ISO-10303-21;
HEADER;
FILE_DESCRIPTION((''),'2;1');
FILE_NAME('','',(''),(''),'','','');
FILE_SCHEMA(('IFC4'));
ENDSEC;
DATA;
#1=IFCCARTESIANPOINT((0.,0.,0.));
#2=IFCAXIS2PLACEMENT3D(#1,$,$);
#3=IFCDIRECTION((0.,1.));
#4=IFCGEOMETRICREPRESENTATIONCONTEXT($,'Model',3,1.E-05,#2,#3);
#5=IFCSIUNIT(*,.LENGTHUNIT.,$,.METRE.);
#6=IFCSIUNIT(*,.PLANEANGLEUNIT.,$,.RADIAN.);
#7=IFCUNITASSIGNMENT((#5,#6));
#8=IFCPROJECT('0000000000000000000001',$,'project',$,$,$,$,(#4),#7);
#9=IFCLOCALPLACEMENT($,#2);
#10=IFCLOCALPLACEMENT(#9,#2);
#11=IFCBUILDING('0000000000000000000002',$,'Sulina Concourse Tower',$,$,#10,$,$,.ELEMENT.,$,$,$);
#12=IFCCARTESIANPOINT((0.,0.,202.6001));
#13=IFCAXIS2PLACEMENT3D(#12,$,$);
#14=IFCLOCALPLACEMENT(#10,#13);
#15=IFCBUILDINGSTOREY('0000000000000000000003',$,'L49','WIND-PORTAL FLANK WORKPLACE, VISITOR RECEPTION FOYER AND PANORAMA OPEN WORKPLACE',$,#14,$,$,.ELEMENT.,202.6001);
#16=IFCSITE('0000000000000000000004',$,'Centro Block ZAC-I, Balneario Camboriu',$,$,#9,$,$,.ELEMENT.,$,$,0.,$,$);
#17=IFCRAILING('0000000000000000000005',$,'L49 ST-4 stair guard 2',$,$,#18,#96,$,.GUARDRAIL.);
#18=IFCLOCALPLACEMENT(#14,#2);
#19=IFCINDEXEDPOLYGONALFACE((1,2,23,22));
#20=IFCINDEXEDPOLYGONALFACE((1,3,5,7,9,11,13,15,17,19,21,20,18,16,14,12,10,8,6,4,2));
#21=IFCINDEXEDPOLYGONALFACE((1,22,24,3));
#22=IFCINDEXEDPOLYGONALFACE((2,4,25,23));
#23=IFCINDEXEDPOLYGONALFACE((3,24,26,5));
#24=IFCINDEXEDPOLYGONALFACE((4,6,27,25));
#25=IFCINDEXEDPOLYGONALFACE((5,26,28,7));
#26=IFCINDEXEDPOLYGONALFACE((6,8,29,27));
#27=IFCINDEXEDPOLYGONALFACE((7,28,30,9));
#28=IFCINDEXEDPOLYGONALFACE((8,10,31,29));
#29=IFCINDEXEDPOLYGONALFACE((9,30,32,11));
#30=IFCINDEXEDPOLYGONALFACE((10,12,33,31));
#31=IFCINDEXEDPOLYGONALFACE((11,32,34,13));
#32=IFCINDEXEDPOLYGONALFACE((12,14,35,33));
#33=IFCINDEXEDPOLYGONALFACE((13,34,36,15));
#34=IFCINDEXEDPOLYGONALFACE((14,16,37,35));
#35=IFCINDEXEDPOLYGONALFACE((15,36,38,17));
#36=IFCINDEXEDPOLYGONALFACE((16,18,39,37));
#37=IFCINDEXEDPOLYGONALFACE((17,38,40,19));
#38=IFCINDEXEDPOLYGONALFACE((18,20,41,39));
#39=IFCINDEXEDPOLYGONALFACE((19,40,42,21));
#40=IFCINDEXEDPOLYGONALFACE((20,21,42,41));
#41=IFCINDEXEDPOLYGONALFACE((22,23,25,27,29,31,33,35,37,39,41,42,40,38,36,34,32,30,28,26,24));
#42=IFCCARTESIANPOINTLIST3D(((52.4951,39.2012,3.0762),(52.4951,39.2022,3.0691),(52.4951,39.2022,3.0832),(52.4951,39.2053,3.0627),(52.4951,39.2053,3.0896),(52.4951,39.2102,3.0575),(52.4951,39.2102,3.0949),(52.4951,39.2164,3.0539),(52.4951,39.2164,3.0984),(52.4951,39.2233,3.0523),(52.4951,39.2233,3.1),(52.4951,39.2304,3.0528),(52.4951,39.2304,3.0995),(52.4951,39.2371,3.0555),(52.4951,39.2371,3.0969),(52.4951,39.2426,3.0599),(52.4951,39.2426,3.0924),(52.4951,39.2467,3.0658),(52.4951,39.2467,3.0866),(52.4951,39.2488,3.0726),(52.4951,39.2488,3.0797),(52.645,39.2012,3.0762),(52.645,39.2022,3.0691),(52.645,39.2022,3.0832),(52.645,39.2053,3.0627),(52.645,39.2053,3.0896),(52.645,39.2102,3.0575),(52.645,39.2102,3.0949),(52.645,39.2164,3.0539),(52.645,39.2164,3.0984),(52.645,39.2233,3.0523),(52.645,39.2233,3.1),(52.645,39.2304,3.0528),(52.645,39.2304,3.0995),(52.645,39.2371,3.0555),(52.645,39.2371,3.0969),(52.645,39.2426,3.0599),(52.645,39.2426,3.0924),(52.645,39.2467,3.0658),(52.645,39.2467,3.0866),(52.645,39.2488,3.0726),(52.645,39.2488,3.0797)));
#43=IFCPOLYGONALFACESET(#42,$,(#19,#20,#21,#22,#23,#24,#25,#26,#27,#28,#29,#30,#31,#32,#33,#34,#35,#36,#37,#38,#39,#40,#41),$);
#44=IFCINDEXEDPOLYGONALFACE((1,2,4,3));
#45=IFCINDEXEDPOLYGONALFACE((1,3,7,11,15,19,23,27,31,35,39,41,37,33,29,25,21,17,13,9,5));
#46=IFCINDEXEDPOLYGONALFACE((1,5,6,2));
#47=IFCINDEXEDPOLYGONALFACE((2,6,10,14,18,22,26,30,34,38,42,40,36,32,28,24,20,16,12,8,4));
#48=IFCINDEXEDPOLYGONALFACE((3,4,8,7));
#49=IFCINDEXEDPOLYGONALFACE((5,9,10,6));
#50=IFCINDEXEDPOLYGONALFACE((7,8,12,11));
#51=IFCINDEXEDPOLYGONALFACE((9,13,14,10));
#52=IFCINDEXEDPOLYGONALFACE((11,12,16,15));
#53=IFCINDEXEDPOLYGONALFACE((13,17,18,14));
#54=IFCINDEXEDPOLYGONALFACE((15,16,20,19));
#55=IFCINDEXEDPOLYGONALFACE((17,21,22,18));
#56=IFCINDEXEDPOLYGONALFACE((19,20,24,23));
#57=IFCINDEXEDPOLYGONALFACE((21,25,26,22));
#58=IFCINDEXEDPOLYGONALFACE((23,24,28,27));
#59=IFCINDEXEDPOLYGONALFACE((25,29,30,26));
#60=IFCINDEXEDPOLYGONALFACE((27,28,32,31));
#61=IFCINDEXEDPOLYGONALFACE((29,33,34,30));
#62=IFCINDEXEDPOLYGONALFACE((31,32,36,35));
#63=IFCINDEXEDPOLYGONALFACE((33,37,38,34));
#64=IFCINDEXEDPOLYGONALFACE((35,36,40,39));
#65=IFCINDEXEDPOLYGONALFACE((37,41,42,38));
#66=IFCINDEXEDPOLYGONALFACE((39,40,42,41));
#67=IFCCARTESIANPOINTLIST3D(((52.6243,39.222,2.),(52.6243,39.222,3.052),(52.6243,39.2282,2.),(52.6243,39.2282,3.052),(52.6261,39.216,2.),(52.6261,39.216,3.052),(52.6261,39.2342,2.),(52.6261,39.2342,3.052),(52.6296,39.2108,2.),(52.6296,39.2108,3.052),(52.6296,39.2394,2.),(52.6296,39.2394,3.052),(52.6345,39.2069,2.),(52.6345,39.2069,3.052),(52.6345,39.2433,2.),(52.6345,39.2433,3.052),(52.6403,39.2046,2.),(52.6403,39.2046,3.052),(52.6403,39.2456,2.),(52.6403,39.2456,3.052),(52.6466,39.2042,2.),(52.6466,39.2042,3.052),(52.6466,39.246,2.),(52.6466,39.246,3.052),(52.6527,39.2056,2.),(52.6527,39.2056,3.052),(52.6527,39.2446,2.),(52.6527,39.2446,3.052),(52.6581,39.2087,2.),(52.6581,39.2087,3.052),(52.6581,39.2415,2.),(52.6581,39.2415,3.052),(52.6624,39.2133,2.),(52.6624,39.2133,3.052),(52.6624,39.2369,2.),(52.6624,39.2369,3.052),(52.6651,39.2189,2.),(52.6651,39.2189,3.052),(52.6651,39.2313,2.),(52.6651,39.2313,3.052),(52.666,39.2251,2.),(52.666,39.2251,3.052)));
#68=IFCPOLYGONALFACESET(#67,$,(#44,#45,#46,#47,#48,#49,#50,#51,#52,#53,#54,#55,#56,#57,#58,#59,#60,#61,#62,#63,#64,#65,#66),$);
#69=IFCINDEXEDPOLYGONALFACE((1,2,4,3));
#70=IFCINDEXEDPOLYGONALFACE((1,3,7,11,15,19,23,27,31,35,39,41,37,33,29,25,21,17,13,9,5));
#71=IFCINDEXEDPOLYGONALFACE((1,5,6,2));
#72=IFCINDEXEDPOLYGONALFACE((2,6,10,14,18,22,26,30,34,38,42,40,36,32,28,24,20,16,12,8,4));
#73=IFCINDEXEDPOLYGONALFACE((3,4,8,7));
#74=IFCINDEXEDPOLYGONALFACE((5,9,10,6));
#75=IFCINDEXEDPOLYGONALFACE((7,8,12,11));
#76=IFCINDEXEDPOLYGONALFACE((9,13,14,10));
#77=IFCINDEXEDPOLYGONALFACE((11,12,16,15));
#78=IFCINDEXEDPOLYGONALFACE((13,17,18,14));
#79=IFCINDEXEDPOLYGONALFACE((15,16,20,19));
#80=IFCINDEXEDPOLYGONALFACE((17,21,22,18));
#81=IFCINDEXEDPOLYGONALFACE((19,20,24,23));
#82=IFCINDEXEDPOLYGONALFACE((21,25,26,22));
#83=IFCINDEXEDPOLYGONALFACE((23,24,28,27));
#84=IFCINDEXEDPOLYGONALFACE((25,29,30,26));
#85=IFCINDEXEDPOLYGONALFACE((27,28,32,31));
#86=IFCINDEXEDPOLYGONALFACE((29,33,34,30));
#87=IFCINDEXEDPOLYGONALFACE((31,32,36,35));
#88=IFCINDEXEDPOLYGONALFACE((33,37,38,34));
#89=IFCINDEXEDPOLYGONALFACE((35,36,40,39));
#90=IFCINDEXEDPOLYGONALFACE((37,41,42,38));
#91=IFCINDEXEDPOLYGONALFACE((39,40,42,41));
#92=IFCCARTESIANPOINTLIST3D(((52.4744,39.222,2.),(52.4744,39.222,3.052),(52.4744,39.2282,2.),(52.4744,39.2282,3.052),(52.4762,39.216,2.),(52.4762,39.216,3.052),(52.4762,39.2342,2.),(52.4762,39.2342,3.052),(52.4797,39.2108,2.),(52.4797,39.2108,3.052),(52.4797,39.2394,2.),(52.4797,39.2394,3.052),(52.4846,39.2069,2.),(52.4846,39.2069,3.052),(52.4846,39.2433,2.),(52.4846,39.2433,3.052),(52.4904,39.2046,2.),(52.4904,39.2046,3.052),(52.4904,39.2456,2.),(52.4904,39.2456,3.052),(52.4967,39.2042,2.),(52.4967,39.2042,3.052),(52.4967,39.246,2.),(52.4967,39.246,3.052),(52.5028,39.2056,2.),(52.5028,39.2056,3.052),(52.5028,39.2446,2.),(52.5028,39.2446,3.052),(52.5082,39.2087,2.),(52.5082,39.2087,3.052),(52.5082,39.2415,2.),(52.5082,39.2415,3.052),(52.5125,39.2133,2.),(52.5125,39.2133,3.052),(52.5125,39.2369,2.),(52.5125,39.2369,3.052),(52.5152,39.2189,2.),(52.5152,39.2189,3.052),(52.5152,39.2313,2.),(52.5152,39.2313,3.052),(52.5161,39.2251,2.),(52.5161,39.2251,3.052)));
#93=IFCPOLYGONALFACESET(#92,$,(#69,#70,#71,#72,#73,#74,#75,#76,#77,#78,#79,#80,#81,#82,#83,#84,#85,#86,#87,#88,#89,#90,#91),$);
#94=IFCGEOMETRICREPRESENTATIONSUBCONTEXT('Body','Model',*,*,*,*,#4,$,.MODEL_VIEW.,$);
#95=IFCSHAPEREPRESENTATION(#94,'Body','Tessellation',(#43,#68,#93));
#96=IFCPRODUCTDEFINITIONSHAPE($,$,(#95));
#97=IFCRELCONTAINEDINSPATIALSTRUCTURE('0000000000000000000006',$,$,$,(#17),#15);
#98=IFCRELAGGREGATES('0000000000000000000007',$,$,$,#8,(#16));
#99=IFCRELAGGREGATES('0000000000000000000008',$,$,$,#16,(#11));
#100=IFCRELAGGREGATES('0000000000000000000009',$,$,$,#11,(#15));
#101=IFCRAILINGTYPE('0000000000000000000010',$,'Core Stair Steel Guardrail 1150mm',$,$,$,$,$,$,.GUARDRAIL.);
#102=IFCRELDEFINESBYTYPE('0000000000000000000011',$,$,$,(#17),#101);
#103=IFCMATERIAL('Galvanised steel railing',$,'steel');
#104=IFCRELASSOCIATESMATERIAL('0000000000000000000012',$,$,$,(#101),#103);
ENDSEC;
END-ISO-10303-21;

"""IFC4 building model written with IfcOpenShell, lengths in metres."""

from ifc_helpers import new_model, si_unit, direction, frame, origin, origin_2d, place, context, subcontext, project, spatial, circle, extrude, material, type_object, element, save


model = new_model("IFC4")

# Units and contexts
model_context = context("Model", 3, precision=1e-05, world=origin(), true_north=direction((0.0, 1.0)))
body_context = subcontext(model_context, "Body", "Model", "MODEL_VIEW")
ifc_project = project(units=[si_unit("LENGTHUNIT", "METRE"), si_unit("PLANEANGLEUNIT", "RADIAN")], contexts=[model_context])

# Site, building, storey
site_placement = place(None, origin())
site = spatial("IfcSite", under=ifc_project, at=site_placement, Name="Centro Block ZAC-I, Balneario Camboriu", CompositionType="ELEMENT", RefElevation=0.0)
building_placement = place(site_placement, origin())
building = spatial("IfcBuilding", under=site, at=building_placement, Name="Sulina Concourse Tower", CompositionType="ELEMENT")
storey_placement = place(building_placement, frame((0.0, 0.0, 202.6001)))
storey = spatial("IfcBuildingStorey", under=building, at=storey_placement, Name="L49", Description="WIND-PORTAL FLANK WORKPLACE, VISITOR RECEPTION FOYER AND PANORAMA OPEN WORKPLACE", CompositionType="ELEMENT", Elevation=202.6001)

# Railing
ifc_material_1 = material(Name="Galvanised steel railing", Category="steel")
railing_type_1 = type_object("IfcRailingType", Name="Core Stair Steel Guardrail 1150mm", PredefinedType="GUARDRAIL", material=ifc_material_1)
railing_1_placement = place(storey_placement, frame((52.645, 39.2251, 2.0)))
element("IfcRailing", 1, at=railing_1_placement, inside=storey, type_object=railing_type_1, Name="L49 ST-4 stair guard 2", PredefinedType="GUARDRAIL", context=body_context, shape_type="SweptSolid", body=[
    extrude(circle(Radius=0.0239, at=origin_2d()), frame((0.0, 0.0, 1.0762), z_axis=(-1.0, 0.0, 0.0), x_axis=(0.0, -1.0, 0.0)), (0.0, 0.0, 1.0), 0.1499),
    extrude(circle(Radius=0.021, at=origin_2d()), origin(), (0.0, 0.0, 1.0), 1.052),
    extrude(circle(Radius=0.021, at=origin_2d()), frame((-0.1499, 0.0, 0.0)), (0.0, 0.0, 1.0), 1.052),
])

save(model, "model.ifc")
